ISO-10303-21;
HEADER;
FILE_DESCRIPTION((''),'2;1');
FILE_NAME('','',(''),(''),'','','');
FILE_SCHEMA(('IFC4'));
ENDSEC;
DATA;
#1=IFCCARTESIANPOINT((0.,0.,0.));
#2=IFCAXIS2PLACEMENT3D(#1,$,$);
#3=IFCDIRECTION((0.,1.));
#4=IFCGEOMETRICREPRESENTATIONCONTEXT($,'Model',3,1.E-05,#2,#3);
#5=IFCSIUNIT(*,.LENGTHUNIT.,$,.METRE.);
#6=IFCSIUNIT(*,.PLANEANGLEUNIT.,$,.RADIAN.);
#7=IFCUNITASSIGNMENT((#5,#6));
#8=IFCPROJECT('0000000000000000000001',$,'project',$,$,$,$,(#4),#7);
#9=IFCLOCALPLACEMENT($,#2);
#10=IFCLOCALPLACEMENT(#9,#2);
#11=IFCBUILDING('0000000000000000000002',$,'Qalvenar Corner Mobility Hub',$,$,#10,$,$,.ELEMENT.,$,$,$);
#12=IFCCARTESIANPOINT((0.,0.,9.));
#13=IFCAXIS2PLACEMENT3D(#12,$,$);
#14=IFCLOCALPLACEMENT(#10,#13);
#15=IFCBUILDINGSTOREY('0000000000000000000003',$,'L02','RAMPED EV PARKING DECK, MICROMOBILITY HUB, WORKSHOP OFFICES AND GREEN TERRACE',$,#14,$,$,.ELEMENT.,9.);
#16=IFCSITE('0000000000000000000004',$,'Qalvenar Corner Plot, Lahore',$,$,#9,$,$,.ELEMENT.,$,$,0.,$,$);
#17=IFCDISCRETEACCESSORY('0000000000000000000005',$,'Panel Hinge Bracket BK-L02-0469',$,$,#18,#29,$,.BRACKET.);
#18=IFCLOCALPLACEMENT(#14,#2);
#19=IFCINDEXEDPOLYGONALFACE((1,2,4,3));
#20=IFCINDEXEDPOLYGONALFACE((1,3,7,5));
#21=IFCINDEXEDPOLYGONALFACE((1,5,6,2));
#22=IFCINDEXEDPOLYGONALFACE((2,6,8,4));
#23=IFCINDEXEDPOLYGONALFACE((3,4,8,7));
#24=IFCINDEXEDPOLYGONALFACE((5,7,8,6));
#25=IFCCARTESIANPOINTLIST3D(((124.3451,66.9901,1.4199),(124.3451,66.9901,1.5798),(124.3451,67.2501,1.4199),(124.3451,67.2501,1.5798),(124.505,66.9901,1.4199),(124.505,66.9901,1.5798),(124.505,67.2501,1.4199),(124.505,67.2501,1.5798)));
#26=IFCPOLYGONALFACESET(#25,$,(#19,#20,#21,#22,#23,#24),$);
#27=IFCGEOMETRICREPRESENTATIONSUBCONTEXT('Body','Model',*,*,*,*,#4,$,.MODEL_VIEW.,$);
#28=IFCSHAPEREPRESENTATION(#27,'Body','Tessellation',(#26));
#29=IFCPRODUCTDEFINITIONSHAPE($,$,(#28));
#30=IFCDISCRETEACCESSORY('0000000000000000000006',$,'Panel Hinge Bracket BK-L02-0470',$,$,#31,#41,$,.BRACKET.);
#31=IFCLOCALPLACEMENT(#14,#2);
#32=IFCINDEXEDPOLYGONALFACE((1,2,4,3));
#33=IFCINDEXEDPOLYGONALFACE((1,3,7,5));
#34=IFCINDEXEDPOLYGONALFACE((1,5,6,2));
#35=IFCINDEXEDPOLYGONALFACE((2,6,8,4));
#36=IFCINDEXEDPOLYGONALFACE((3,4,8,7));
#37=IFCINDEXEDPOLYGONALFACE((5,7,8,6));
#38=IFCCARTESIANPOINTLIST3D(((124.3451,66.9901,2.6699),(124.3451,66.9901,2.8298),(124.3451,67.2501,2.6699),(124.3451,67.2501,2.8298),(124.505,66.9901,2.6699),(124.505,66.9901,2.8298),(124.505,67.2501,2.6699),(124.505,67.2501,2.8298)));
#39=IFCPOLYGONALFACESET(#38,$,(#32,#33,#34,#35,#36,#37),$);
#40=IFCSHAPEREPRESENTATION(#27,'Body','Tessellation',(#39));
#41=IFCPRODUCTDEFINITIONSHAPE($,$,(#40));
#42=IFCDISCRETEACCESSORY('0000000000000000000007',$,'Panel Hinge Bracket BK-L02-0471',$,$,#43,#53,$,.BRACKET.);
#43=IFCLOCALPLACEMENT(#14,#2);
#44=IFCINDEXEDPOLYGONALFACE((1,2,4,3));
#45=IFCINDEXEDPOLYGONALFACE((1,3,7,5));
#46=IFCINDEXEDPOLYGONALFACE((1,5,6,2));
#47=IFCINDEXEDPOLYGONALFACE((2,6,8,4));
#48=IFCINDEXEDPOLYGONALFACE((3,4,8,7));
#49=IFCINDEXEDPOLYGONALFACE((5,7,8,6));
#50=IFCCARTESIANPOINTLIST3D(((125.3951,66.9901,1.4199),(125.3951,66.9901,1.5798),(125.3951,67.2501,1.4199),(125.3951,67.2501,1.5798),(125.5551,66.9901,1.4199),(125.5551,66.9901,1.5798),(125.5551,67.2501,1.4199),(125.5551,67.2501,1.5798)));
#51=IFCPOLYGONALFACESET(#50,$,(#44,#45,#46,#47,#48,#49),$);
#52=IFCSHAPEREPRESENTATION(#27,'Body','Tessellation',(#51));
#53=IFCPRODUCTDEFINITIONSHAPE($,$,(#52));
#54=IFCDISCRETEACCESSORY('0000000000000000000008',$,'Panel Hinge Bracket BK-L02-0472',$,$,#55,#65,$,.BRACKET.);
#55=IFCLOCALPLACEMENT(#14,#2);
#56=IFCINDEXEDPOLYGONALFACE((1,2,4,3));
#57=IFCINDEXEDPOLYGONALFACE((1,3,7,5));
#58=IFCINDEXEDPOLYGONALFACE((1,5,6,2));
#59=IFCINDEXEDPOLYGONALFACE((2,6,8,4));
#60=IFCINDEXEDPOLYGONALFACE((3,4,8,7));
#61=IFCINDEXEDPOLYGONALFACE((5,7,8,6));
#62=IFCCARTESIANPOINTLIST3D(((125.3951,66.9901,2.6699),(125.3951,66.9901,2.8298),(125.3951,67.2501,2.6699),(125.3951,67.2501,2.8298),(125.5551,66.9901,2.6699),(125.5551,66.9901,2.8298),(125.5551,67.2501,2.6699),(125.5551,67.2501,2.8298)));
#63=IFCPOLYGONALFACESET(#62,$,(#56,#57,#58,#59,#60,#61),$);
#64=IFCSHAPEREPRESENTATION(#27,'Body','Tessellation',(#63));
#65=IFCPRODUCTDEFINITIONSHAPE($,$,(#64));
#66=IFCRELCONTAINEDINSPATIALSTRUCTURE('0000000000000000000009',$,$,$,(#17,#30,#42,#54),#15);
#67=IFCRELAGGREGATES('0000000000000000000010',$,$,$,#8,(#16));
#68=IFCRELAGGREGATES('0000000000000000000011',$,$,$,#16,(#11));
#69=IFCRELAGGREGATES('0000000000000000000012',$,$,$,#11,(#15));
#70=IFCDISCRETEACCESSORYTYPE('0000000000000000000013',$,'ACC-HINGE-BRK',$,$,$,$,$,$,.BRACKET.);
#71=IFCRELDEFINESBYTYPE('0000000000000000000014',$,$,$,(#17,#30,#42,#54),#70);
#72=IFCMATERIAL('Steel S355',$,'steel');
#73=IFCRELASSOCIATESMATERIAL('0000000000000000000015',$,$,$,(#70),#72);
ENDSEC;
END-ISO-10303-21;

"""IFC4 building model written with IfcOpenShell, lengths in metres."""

from ifc_helpers import new_model, si_unit, direction, frame, origin, origin_2d, place, context, subcontext, project, spatial, rectangle, extrude, material, type_object, element, save


model = new_model("IFC4")

# Units and contexts
model_context = context("Model", 3, precision=1e-05, world=origin(), true_north=direction((0.0, 1.0)))
body_context = subcontext(model_context, "Body", "Model", "MODEL_VIEW")
ifc_project = project(units=[si_unit("LENGTHUNIT", "METRE"), si_unit("PLANEANGLEUNIT", "RADIAN")], contexts=[model_context])

# Site, building, storey
site_placement = place(None, origin())
site = spatial("IfcSite", under=ifc_project, at=site_placement, Name="Qalvenar Corner Plot, Lahore", CompositionType="ELEMENT", RefElevation=0.0)
building_placement = place(site_placement, origin())
building = spatial("IfcBuilding", under=site, at=building_placement, Name="Qalvenar Corner Mobility Hub", CompositionType="ELEMENT")
storey_placement = place(building_placement, frame((0.0, 0.0, 9.0)))
storey = spatial("IfcBuildingStorey", under=building, at=storey_placement, Name="L02", Description="RAMPED EV PARKING DECK, MICROMOBILITY HUB, WORKSHOP OFFICES AND GREEN TERRACE", CompositionType="ELEMENT", Elevation=9.0)

# Shared definitions
ifc_material_1 = material(Name="Steel S355", Category="steel")

# Discrete accessories
discrete_accessory_type = type_object("IfcDiscreteAccessoryType", Name="ACC-HINGE-BRK", PredefinedType="BRACKET", material=ifc_material_1)
for number, where, z_axis, x_axis, name in (
    (1, (124.425, 67.1201, 1.4199), (0.0, 0.0, 1.0), (1.0, 0.0, 0.0), "Panel Hinge Bracket BK-L02-0469"),
    (2, (124.425, 67.1201, 2.6699), (0.0, 0.0, 1.0), (1.0, 0.0, 0.0), "Panel Hinge Bracket BK-L02-0470"),
    (3, (125.4751, 67.1201, 1.4199), (0.0, 0.0, 1.0), (1.0, 0.0, 0.0), "Panel Hinge Bracket BK-L02-0471"),
    (4, (125.4751, 67.1201, 2.6699), (0.0, 0.0, 1.0), (1.0, 0.0, 0.0), "Panel Hinge Bracket BK-L02-0472"),
):
    element("IfcDiscreteAccessory", number, at=place(storey_placement, frame(where, z_axis=z_axis, x_axis=x_axis)), inside=storey, type_object=discrete_accessory_type, Name=name, PredefinedType="BRACKET", context=body_context, shape_type="SweptSolid", body=[
        extrude(rectangle(XDim=0.1599, YDim=0.26, at=origin_2d()), origin(), (0.0, 0.0, 1.0), 0.1599),
    ])

save(model, "model.ifc")
